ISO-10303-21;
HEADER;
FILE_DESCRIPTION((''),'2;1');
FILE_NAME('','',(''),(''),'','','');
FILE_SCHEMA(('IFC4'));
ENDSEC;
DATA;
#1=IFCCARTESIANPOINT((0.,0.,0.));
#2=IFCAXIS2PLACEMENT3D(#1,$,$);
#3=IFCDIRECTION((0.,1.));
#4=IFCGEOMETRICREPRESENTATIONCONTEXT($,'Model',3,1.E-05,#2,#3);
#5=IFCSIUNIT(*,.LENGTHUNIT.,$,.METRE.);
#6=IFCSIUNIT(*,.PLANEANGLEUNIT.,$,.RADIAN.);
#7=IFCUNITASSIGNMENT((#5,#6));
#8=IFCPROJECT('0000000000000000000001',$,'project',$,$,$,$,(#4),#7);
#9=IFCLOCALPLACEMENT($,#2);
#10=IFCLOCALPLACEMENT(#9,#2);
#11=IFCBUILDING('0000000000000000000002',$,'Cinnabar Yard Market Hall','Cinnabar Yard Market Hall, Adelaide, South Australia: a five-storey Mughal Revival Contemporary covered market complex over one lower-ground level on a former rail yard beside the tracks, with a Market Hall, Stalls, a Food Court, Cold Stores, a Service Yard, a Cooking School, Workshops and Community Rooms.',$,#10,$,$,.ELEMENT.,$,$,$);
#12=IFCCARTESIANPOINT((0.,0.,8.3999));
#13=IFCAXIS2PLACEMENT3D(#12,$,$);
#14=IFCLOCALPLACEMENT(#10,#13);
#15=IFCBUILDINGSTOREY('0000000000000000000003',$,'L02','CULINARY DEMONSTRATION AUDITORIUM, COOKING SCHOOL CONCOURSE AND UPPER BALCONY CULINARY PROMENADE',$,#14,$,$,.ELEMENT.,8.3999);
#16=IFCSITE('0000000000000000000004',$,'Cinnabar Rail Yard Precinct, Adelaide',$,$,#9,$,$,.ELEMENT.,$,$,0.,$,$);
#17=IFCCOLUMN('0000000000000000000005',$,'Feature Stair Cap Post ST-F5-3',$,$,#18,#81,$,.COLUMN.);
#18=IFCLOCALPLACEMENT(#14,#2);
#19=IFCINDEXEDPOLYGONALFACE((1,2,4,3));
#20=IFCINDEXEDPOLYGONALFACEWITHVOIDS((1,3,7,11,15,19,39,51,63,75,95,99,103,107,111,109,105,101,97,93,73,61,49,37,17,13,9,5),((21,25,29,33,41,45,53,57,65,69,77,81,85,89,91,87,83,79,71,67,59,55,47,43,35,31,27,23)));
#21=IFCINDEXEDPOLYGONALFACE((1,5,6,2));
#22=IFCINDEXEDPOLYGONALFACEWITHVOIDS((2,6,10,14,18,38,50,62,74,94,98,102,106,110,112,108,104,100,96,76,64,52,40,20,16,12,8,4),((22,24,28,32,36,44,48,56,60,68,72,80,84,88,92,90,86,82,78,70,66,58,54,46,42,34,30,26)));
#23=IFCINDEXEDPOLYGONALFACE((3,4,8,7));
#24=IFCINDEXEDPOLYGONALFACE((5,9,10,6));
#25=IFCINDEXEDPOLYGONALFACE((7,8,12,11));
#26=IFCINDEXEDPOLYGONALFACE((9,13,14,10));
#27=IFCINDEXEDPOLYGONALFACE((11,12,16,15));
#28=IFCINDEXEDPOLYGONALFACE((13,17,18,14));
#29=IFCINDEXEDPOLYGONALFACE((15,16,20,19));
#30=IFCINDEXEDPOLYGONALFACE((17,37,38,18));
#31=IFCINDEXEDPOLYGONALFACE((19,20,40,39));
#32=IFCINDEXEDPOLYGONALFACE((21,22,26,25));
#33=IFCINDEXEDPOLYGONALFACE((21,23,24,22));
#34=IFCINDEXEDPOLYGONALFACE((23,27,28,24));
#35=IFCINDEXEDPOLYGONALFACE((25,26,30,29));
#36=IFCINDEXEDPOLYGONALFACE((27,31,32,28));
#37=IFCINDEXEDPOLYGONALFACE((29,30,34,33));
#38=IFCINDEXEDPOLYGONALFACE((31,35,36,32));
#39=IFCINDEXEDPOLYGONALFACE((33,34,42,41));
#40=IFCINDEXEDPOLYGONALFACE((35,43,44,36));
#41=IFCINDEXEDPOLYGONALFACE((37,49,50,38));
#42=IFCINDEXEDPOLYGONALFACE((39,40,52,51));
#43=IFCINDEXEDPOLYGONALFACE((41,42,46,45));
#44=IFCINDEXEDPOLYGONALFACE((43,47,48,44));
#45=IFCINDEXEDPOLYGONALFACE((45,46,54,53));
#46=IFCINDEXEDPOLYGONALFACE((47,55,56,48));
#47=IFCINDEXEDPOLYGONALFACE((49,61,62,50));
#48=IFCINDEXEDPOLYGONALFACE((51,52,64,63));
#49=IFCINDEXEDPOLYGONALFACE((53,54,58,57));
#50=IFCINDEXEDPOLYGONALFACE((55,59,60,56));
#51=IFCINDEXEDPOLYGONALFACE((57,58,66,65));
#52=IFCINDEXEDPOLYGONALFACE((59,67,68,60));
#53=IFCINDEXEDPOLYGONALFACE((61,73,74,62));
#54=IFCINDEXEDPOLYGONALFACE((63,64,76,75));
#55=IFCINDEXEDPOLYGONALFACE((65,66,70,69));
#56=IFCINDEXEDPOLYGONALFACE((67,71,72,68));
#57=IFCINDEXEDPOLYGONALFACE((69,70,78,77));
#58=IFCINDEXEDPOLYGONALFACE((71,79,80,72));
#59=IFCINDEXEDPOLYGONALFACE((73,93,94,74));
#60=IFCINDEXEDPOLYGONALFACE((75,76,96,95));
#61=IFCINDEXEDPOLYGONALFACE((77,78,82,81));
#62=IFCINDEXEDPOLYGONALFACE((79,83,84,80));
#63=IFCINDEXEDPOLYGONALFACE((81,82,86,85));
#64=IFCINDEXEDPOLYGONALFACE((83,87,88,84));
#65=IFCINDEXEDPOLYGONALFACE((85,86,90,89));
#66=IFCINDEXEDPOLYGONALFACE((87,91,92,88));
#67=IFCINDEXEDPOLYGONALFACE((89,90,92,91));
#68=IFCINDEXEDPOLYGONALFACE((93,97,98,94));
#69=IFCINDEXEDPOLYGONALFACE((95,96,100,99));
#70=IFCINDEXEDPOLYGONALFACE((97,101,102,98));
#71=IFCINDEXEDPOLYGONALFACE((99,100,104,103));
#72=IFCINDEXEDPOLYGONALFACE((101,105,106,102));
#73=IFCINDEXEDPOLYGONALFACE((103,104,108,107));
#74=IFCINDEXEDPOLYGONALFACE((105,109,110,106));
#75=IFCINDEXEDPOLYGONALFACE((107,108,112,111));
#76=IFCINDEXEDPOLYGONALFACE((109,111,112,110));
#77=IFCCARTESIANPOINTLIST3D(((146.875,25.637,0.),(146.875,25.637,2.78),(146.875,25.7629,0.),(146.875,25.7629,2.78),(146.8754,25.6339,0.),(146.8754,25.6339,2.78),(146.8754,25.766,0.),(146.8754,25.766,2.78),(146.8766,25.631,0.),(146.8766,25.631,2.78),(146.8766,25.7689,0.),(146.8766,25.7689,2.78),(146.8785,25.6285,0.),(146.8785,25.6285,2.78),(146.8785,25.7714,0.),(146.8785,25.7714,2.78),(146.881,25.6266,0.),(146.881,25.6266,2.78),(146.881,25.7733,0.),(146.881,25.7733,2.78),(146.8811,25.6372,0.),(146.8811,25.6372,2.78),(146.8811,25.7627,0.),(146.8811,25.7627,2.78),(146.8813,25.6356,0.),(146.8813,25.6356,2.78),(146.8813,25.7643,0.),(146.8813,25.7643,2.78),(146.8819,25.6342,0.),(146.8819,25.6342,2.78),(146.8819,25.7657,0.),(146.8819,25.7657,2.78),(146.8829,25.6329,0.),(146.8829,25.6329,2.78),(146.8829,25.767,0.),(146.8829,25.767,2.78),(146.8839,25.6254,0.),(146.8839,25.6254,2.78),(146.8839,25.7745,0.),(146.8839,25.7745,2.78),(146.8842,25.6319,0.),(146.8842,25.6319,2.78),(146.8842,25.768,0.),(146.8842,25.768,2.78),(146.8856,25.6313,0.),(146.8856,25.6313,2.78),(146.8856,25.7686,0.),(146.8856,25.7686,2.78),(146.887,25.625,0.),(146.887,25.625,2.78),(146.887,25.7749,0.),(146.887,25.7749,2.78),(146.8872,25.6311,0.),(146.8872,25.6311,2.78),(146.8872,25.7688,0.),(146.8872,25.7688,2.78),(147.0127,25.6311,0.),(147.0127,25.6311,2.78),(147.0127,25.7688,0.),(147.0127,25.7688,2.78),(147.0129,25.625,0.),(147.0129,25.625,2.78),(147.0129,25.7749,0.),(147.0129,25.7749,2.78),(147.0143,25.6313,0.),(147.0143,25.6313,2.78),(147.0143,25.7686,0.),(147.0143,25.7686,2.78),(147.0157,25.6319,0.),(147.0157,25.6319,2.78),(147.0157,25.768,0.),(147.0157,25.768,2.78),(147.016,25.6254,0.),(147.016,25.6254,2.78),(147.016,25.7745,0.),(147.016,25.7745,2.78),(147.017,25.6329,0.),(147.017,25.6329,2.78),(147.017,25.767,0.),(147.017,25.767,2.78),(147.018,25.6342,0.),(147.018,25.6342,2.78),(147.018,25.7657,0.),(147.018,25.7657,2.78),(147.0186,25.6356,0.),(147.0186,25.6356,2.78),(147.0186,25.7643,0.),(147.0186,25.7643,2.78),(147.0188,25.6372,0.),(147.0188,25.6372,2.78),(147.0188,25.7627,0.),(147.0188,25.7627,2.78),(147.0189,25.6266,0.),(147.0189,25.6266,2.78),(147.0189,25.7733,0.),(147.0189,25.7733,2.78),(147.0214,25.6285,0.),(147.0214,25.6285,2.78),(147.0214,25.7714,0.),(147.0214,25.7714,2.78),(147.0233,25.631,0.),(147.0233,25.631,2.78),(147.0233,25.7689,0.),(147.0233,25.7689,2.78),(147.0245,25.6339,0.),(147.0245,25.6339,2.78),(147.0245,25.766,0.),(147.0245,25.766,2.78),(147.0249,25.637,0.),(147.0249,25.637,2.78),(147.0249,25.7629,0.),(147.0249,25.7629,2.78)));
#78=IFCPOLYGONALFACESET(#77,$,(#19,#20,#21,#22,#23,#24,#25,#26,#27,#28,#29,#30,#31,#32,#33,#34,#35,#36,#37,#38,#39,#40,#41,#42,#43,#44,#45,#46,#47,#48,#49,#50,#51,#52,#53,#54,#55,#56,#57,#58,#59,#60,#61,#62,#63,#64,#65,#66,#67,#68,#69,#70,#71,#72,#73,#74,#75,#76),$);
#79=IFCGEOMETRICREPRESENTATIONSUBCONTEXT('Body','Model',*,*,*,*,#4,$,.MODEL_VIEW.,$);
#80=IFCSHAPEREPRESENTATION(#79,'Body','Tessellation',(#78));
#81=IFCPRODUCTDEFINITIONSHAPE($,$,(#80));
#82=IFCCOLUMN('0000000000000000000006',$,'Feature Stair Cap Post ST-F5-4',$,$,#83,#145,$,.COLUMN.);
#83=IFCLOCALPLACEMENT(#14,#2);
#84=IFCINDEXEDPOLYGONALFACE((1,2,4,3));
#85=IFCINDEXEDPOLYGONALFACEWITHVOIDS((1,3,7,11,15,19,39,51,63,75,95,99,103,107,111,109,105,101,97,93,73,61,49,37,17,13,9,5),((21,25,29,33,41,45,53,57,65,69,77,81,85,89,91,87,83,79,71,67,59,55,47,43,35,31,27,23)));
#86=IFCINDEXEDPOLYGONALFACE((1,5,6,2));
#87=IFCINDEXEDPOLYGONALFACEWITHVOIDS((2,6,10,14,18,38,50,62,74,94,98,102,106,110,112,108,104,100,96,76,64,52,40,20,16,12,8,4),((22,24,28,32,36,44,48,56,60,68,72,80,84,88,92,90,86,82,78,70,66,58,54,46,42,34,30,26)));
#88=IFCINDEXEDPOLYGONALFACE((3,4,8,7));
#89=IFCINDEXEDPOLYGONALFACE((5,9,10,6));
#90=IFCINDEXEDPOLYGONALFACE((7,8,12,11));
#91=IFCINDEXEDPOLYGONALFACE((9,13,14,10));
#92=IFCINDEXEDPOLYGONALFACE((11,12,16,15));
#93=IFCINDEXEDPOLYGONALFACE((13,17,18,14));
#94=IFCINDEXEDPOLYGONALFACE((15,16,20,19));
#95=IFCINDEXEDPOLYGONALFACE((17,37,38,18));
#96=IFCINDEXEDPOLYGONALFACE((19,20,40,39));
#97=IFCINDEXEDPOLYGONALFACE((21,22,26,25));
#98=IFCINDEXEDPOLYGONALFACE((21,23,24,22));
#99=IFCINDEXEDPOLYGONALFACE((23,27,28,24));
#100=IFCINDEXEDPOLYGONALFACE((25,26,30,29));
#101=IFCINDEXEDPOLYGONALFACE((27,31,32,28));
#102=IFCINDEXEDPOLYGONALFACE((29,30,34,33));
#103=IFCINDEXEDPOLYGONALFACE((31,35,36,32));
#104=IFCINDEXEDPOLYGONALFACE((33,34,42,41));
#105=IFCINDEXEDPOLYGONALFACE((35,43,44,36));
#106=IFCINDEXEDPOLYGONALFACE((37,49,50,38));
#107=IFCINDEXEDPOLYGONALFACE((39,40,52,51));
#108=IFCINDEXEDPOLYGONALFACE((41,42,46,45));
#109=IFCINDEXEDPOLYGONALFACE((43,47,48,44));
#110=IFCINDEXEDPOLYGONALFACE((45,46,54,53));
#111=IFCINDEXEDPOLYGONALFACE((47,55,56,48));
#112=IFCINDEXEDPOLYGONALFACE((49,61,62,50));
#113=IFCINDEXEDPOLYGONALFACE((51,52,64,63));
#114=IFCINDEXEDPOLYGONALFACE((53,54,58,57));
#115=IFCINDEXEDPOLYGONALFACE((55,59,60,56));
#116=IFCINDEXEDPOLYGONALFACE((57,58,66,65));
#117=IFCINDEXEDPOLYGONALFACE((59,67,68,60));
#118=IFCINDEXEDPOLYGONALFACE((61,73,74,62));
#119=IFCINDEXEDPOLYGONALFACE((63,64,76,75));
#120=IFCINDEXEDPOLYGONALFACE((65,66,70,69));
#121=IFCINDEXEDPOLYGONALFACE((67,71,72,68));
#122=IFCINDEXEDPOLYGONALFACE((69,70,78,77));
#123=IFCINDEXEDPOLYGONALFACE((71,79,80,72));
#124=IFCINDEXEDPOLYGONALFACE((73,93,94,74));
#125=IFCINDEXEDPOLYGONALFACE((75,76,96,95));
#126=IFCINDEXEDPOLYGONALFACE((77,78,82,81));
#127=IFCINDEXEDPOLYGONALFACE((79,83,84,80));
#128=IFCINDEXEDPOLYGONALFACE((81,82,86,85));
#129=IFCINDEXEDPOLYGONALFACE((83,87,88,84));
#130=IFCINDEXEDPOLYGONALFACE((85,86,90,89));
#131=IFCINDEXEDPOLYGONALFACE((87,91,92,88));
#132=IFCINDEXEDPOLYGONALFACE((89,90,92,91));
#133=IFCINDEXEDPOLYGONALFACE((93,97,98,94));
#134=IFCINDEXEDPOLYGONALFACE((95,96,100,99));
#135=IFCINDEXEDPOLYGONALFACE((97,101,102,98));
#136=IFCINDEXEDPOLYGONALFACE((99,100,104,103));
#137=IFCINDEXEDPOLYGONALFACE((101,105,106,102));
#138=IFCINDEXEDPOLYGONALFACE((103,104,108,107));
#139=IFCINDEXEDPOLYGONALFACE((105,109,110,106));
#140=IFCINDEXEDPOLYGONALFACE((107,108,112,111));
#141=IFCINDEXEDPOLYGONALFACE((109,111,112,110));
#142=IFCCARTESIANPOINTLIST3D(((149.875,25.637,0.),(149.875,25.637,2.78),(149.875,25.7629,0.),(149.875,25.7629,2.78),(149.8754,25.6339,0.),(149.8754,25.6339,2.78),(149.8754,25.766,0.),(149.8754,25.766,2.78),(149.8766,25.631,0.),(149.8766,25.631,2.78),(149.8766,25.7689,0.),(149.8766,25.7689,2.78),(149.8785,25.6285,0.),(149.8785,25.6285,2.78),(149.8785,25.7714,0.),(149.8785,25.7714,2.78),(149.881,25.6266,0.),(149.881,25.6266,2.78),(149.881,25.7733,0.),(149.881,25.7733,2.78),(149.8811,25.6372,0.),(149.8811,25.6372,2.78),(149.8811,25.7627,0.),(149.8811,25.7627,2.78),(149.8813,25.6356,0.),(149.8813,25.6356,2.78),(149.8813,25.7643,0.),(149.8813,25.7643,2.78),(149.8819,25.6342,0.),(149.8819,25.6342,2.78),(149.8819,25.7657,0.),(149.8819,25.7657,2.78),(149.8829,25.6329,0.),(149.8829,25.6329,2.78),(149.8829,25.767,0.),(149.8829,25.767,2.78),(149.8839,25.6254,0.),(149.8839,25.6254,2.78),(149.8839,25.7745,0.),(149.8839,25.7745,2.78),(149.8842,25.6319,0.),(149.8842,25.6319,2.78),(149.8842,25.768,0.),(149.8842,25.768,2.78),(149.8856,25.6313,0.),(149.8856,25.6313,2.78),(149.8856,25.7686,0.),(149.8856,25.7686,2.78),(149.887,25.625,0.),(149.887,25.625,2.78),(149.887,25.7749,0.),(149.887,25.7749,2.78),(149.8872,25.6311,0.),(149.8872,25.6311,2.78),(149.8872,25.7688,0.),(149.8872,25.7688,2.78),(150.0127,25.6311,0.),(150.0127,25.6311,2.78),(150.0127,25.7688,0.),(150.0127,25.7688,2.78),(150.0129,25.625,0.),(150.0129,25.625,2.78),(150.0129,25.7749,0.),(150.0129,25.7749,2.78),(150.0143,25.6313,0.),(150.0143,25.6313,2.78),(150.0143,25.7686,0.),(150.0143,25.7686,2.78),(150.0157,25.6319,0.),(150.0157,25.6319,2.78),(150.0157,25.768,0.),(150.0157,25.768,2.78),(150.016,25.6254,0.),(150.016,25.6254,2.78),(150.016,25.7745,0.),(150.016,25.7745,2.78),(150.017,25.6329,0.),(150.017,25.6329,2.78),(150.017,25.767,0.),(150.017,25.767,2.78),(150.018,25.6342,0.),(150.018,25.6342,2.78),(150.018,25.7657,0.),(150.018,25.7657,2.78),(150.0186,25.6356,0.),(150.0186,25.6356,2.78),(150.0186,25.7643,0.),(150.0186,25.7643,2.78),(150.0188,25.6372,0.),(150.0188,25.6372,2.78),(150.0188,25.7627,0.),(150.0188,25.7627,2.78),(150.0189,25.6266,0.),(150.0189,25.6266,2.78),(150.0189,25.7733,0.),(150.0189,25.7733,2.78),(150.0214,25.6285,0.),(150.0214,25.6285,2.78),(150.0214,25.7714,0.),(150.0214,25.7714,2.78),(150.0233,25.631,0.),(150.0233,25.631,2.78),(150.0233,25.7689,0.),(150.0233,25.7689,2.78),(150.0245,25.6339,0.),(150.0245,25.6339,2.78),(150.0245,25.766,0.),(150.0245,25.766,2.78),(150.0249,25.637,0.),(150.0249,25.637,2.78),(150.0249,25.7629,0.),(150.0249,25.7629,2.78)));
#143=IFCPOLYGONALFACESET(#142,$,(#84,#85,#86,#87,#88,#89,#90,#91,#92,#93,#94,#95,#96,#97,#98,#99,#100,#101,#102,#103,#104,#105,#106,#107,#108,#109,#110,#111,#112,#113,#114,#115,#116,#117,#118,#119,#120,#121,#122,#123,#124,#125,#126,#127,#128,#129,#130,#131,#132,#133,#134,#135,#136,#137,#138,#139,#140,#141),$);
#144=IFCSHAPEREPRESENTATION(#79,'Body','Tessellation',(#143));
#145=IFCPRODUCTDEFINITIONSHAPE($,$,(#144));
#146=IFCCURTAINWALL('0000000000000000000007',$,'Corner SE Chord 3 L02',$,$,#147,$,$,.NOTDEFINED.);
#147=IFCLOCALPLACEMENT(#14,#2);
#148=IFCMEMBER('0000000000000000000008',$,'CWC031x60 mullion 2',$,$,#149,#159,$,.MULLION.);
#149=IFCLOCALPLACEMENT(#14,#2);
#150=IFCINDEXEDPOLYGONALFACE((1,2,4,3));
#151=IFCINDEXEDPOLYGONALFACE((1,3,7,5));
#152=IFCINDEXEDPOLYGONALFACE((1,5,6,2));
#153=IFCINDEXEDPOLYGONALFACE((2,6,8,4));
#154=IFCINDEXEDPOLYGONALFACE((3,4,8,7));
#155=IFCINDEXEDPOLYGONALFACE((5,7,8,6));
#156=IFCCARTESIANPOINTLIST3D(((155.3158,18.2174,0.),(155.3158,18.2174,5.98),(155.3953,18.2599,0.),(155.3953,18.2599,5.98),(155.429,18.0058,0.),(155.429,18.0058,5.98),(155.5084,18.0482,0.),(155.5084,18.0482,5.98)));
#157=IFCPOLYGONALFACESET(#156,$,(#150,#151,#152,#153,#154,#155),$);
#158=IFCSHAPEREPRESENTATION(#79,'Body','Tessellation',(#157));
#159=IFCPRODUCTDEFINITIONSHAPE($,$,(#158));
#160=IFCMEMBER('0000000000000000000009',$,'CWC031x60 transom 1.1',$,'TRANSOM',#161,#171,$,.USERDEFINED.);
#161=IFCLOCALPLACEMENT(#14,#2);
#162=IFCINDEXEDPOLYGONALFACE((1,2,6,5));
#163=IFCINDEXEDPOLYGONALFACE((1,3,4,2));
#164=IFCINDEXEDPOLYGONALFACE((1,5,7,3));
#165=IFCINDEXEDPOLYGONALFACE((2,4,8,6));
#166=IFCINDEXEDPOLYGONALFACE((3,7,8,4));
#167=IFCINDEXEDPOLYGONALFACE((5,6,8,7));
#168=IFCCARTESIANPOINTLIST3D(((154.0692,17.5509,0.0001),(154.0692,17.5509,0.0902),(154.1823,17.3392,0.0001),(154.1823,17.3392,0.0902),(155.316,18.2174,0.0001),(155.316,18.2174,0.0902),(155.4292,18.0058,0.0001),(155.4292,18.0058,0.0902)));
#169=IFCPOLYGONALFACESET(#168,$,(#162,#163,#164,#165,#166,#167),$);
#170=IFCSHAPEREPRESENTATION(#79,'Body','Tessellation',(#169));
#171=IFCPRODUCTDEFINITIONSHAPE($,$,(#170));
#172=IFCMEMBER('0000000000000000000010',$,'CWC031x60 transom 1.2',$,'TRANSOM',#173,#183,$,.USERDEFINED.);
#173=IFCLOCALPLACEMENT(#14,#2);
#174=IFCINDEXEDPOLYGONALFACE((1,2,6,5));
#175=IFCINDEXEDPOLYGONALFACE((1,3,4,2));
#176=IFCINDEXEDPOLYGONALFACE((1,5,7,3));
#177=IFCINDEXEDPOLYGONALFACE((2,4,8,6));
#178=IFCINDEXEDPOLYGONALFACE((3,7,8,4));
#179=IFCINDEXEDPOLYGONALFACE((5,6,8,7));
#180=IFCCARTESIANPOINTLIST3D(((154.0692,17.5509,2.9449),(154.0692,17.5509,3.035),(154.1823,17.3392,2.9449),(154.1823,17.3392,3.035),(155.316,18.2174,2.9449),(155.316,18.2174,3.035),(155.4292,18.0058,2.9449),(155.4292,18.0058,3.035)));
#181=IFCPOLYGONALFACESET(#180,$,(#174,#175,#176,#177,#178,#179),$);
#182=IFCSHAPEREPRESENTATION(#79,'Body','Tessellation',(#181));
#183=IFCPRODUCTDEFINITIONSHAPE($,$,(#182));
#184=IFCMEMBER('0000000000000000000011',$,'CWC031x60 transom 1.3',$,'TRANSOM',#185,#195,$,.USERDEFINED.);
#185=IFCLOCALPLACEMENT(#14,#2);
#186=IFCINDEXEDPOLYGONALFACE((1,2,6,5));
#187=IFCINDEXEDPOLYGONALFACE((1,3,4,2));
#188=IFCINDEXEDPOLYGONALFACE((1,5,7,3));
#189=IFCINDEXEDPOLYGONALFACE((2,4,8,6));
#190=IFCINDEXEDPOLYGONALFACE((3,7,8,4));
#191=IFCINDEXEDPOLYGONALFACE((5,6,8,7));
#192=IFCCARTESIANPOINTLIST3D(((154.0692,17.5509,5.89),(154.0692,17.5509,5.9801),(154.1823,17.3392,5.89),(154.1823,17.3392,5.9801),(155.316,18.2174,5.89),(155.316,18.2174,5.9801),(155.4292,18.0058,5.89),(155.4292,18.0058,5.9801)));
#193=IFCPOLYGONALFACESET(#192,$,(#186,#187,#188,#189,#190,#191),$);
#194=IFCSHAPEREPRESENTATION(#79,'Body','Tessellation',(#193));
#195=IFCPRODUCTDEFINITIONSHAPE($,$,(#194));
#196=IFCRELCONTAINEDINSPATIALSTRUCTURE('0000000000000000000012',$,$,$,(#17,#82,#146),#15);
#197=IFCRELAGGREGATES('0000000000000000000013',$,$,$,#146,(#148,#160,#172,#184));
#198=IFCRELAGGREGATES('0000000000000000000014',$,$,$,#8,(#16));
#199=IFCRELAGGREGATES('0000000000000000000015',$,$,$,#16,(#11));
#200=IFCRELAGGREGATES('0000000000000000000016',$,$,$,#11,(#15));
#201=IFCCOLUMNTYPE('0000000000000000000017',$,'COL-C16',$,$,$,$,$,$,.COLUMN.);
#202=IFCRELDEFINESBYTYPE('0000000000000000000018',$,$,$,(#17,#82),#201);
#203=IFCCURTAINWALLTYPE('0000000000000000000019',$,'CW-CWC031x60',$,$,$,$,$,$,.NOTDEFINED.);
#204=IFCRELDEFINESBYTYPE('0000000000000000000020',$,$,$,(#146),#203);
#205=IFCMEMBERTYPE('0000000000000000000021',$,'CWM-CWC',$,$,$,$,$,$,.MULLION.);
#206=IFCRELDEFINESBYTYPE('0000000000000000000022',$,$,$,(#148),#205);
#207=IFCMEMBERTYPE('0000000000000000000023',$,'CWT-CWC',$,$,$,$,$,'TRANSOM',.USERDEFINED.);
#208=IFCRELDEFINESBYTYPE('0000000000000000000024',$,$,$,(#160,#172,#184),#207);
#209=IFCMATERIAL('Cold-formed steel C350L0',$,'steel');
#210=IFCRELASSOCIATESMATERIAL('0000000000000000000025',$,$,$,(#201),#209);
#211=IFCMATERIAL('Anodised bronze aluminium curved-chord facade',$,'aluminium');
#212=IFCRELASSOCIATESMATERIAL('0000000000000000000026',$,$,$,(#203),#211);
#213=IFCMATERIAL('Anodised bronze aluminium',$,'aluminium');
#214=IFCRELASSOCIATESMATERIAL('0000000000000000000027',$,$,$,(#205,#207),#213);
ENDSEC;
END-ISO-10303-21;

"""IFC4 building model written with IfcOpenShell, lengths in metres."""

from ifc_helpers import new_model, si_unit, direction, frame, origin, origin_2d_with_axis, place, context, subcontext, project, spatial, rectangle, hollow_rectangle, extrude, material, material_profile, profile_set, type_object, element, aggregate, save


model = new_model("IFC4")

# Units and contexts
model_context = context("Model", 3, precision=1e-05, world=origin(), true_north=direction((0.0, 1.0)))
body_context = subcontext(model_context, "Body", "Model", "MODEL_VIEW")
ifc_project = project(units=[si_unit("LENGTHUNIT", "METRE"), si_unit("PLANEANGLEUNIT", "RADIAN")], contexts=[model_context])

# Site, building, storey
site_placement = place(None, origin())
site = spatial("IfcSite", under=ifc_project, at=site_placement, Name="Cinnabar Rail Yard Precinct, Adelaide", CompositionType="ELEMENT", RefElevation=0.0)
building_placement = place(site_placement, origin())
building = spatial("IfcBuilding", under=site, at=building_placement, Name="Cinnabar Yard Market Hall", Description="Cinnabar Yard Market Hall, Adelaide, South Australia: a five-storey Mughal Revival Contemporary covered market complex over one lower-ground level on a former rail yard beside the tracks, with a Market Hall, Stalls, a Food Court, Cold Stores, a Service Yard, a Cooking School, Workshops and Community Rooms.", CompositionType="ELEMENT")
storey_placement = place(building_placement, frame((0.0, 0.0, 8.3999)))
storey = spatial("IfcBuildingStorey", under=building, at=storey_placement, Name="L02", Description="CULINARY DEMONSTRATION AUDITORIUM, COOKING SCHOOL CONCOURSE AND UPPER BALCONY CULINARY PROMENADE", CompositionType="ELEMENT", Elevation=8.3999)

# Columns
ifc_material_1 = material(Name="Cold-formed steel C350L0", Category="steel")
ifc_material_profile_1 = material_profile(ifc_material_1, hollow_rectangle(XDim=0.1499, YDim=0.1499, WallThickness=0.0061, InnerFilletRadius=0.0061, OuterFilletRadius=0.012, at=origin_2d_with_axis()), Name="150x150x6.0SHS")
ifc_profile_set_1 = profile_set([ifc_material_profile_1], Name="Cold-formed steel C350L0")
column_type_1 = type_object("IfcColumnType", Name="COL-C16", PredefinedType="COLUMN", material=ifc_profile_set_1)
for number, where, z_axis, x_axis, name in (
    (1, (146.95, 25.7, 0.0), (0.0, 0.0, 1.0), (1.0, 0.0, 0.0), "Feature Stair Cap Post ST-F5-3"),
    (2, (149.95, 25.7, 0.0), (0.0, 0.0, 1.0), (1.0, 0.0, 0.0), "Feature Stair Cap Post ST-F5-4"),
):
    element("IfcColumn", number, at=place(storey_placement, frame(where, z_axis=z_axis, x_axis=x_axis)), inside=storey, type_object=column_type_1, Name=name, PredefinedType="COLUMN", context=body_context, shape_type="SweptSolid", body=[
        extrude(hollow_rectangle(XDim=0.1499, YDim=0.1499, WallThickness=0.0061, InnerFilletRadius=0.0061, OuterFilletRadius=0.012, at=origin_2d_with_axis()), origin(), (0.0, 0.0, 1.0), 2.78),
    ])

# Curtain wall, members
ifc_material_2 = material(Name="Anodised bronze aluminium curved-chord facade", Category="aluminium")
curtain_wall_type = type_object("IfcCurtainWallType", Name="CW-CWC031x60", PredefinedType="NOTDEFINED", material=ifc_material_2)
curtain_wall_placement = place(storey_placement, origin())
curtain_wall = element("IfcCurtainWall", 3, at=curtain_wall_placement, inside=storey, type_object=curtain_wall_type, Name="Corner SE Chord 3 L02", PredefinedType="NOTDEFINED")
ifc_material_3 = material(Name="Anodised bronze aluminium", Category="aluminium")
ifc_material_profile_2 = material_profile(ifc_material_3, rectangle(XDim=0.24, YDim=0.0901, at=origin_2d_with_axis()), Name="MUL-CWC")
ifc_profile_set_2 = profile_set([ifc_material_profile_2], Name="Anodised bronze aluminium")
member_type_1 = type_object("IfcMemberType", Name="CWM-CWC", PredefinedType="MULLION", material=ifc_profile_set_2)
member_1_placement = place(storey_placement, frame((155.4121, 18.1328, 0.0), z_axis=(0.0, 0.0, 1.0), x_axis=(-0.471404, 0.881917, 0.0)))
member_1 = element("IfcMember", 4, at=member_1_placement, type_object=member_type_1, Name="CWC031x60 mullion 2", PredefinedType="MULLION", context=body_context, shape_type="SweptSolid", body=[
    extrude(rectangle(XDim=0.24, YDim=0.0901, at=origin_2d_with_axis()), origin(), (0.0, 0.0, 1.0), 5.98),
])
ifc_material_profile_3 = material_profile(ifc_material_3, rectangle(XDim=0.24, YDim=0.0901, at=origin_2d_with_axis()), Name="TRN-CWC")
ifc_profile_set_3 = profile_set([ifc_material_profile_3], Name="Anodised bronze aluminium")
member_type_2 = type_object("IfcMemberType", Name="CWT-CWC", ElementType="TRANSOM", PredefinedType="USERDEFINED", material=ifc_profile_set_3)
member_2_placement = place(storey_placement, frame((154.1257, 17.4451, 0.0452), z_axis=(0.881903, 0.471431, 0.0), x_axis=(-0.471431, 0.881903, 0.0)))
member_2 = element("IfcMember", 5, at=member_2_placement, type_object=member_type_2, Name="CWC031x60 transom 1.1", ObjectType="TRANSOM", PredefinedType="USERDEFINED", context=body_context, shape_type="SweptSolid", body=[
    extrude(rectangle(XDim=0.24, YDim=0.0901, at=origin_2d_with_axis()), origin(), (0.0, 0.0, 1.0), 1.4138),
])
member_3_placement = place(storey_placement, frame((154.1257, 17.4451, 2.99), z_axis=(0.881903, 0.471431, 0.0), x_axis=(-0.471431, 0.881903, 0.0)))
member_3 = element("IfcMember", 6, at=member_3_placement, type_object=member_type_2, Name="CWC031x60 transom 1.2", ObjectType="TRANSOM", PredefinedType="USERDEFINED", context=body_context, shape_type="SweptSolid", body=[
    extrude(rectangle(XDim=0.24, YDim=0.0901, at=origin_2d_with_axis()), origin(), (0.0, 0.0, 1.0), 1.4138),
])
member_4_placement = place(storey_placement, frame((154.1257, 17.4451, 5.9351), z_axis=(0.881903, 0.471431, 0.0), x_axis=(-0.471431, 0.881903, 0.0)))
member_4 = element("IfcMember", 7, at=member_4_placement, type_object=member_type_2, Name="CWC031x60 transom 1.3", ObjectType="TRANSOM", PredefinedType="USERDEFINED", context=body_context, shape_type="SweptSolid", body=[
    extrude(rectangle(XDim=0.24, YDim=0.0901, at=origin_2d_with_axis()), origin(), (0.0, 0.0, 1.0), 1.4138),
])

aggregate(curtain_wall, [member_1, member_2, member_3, member_4])

save(model, "model.ifc")
